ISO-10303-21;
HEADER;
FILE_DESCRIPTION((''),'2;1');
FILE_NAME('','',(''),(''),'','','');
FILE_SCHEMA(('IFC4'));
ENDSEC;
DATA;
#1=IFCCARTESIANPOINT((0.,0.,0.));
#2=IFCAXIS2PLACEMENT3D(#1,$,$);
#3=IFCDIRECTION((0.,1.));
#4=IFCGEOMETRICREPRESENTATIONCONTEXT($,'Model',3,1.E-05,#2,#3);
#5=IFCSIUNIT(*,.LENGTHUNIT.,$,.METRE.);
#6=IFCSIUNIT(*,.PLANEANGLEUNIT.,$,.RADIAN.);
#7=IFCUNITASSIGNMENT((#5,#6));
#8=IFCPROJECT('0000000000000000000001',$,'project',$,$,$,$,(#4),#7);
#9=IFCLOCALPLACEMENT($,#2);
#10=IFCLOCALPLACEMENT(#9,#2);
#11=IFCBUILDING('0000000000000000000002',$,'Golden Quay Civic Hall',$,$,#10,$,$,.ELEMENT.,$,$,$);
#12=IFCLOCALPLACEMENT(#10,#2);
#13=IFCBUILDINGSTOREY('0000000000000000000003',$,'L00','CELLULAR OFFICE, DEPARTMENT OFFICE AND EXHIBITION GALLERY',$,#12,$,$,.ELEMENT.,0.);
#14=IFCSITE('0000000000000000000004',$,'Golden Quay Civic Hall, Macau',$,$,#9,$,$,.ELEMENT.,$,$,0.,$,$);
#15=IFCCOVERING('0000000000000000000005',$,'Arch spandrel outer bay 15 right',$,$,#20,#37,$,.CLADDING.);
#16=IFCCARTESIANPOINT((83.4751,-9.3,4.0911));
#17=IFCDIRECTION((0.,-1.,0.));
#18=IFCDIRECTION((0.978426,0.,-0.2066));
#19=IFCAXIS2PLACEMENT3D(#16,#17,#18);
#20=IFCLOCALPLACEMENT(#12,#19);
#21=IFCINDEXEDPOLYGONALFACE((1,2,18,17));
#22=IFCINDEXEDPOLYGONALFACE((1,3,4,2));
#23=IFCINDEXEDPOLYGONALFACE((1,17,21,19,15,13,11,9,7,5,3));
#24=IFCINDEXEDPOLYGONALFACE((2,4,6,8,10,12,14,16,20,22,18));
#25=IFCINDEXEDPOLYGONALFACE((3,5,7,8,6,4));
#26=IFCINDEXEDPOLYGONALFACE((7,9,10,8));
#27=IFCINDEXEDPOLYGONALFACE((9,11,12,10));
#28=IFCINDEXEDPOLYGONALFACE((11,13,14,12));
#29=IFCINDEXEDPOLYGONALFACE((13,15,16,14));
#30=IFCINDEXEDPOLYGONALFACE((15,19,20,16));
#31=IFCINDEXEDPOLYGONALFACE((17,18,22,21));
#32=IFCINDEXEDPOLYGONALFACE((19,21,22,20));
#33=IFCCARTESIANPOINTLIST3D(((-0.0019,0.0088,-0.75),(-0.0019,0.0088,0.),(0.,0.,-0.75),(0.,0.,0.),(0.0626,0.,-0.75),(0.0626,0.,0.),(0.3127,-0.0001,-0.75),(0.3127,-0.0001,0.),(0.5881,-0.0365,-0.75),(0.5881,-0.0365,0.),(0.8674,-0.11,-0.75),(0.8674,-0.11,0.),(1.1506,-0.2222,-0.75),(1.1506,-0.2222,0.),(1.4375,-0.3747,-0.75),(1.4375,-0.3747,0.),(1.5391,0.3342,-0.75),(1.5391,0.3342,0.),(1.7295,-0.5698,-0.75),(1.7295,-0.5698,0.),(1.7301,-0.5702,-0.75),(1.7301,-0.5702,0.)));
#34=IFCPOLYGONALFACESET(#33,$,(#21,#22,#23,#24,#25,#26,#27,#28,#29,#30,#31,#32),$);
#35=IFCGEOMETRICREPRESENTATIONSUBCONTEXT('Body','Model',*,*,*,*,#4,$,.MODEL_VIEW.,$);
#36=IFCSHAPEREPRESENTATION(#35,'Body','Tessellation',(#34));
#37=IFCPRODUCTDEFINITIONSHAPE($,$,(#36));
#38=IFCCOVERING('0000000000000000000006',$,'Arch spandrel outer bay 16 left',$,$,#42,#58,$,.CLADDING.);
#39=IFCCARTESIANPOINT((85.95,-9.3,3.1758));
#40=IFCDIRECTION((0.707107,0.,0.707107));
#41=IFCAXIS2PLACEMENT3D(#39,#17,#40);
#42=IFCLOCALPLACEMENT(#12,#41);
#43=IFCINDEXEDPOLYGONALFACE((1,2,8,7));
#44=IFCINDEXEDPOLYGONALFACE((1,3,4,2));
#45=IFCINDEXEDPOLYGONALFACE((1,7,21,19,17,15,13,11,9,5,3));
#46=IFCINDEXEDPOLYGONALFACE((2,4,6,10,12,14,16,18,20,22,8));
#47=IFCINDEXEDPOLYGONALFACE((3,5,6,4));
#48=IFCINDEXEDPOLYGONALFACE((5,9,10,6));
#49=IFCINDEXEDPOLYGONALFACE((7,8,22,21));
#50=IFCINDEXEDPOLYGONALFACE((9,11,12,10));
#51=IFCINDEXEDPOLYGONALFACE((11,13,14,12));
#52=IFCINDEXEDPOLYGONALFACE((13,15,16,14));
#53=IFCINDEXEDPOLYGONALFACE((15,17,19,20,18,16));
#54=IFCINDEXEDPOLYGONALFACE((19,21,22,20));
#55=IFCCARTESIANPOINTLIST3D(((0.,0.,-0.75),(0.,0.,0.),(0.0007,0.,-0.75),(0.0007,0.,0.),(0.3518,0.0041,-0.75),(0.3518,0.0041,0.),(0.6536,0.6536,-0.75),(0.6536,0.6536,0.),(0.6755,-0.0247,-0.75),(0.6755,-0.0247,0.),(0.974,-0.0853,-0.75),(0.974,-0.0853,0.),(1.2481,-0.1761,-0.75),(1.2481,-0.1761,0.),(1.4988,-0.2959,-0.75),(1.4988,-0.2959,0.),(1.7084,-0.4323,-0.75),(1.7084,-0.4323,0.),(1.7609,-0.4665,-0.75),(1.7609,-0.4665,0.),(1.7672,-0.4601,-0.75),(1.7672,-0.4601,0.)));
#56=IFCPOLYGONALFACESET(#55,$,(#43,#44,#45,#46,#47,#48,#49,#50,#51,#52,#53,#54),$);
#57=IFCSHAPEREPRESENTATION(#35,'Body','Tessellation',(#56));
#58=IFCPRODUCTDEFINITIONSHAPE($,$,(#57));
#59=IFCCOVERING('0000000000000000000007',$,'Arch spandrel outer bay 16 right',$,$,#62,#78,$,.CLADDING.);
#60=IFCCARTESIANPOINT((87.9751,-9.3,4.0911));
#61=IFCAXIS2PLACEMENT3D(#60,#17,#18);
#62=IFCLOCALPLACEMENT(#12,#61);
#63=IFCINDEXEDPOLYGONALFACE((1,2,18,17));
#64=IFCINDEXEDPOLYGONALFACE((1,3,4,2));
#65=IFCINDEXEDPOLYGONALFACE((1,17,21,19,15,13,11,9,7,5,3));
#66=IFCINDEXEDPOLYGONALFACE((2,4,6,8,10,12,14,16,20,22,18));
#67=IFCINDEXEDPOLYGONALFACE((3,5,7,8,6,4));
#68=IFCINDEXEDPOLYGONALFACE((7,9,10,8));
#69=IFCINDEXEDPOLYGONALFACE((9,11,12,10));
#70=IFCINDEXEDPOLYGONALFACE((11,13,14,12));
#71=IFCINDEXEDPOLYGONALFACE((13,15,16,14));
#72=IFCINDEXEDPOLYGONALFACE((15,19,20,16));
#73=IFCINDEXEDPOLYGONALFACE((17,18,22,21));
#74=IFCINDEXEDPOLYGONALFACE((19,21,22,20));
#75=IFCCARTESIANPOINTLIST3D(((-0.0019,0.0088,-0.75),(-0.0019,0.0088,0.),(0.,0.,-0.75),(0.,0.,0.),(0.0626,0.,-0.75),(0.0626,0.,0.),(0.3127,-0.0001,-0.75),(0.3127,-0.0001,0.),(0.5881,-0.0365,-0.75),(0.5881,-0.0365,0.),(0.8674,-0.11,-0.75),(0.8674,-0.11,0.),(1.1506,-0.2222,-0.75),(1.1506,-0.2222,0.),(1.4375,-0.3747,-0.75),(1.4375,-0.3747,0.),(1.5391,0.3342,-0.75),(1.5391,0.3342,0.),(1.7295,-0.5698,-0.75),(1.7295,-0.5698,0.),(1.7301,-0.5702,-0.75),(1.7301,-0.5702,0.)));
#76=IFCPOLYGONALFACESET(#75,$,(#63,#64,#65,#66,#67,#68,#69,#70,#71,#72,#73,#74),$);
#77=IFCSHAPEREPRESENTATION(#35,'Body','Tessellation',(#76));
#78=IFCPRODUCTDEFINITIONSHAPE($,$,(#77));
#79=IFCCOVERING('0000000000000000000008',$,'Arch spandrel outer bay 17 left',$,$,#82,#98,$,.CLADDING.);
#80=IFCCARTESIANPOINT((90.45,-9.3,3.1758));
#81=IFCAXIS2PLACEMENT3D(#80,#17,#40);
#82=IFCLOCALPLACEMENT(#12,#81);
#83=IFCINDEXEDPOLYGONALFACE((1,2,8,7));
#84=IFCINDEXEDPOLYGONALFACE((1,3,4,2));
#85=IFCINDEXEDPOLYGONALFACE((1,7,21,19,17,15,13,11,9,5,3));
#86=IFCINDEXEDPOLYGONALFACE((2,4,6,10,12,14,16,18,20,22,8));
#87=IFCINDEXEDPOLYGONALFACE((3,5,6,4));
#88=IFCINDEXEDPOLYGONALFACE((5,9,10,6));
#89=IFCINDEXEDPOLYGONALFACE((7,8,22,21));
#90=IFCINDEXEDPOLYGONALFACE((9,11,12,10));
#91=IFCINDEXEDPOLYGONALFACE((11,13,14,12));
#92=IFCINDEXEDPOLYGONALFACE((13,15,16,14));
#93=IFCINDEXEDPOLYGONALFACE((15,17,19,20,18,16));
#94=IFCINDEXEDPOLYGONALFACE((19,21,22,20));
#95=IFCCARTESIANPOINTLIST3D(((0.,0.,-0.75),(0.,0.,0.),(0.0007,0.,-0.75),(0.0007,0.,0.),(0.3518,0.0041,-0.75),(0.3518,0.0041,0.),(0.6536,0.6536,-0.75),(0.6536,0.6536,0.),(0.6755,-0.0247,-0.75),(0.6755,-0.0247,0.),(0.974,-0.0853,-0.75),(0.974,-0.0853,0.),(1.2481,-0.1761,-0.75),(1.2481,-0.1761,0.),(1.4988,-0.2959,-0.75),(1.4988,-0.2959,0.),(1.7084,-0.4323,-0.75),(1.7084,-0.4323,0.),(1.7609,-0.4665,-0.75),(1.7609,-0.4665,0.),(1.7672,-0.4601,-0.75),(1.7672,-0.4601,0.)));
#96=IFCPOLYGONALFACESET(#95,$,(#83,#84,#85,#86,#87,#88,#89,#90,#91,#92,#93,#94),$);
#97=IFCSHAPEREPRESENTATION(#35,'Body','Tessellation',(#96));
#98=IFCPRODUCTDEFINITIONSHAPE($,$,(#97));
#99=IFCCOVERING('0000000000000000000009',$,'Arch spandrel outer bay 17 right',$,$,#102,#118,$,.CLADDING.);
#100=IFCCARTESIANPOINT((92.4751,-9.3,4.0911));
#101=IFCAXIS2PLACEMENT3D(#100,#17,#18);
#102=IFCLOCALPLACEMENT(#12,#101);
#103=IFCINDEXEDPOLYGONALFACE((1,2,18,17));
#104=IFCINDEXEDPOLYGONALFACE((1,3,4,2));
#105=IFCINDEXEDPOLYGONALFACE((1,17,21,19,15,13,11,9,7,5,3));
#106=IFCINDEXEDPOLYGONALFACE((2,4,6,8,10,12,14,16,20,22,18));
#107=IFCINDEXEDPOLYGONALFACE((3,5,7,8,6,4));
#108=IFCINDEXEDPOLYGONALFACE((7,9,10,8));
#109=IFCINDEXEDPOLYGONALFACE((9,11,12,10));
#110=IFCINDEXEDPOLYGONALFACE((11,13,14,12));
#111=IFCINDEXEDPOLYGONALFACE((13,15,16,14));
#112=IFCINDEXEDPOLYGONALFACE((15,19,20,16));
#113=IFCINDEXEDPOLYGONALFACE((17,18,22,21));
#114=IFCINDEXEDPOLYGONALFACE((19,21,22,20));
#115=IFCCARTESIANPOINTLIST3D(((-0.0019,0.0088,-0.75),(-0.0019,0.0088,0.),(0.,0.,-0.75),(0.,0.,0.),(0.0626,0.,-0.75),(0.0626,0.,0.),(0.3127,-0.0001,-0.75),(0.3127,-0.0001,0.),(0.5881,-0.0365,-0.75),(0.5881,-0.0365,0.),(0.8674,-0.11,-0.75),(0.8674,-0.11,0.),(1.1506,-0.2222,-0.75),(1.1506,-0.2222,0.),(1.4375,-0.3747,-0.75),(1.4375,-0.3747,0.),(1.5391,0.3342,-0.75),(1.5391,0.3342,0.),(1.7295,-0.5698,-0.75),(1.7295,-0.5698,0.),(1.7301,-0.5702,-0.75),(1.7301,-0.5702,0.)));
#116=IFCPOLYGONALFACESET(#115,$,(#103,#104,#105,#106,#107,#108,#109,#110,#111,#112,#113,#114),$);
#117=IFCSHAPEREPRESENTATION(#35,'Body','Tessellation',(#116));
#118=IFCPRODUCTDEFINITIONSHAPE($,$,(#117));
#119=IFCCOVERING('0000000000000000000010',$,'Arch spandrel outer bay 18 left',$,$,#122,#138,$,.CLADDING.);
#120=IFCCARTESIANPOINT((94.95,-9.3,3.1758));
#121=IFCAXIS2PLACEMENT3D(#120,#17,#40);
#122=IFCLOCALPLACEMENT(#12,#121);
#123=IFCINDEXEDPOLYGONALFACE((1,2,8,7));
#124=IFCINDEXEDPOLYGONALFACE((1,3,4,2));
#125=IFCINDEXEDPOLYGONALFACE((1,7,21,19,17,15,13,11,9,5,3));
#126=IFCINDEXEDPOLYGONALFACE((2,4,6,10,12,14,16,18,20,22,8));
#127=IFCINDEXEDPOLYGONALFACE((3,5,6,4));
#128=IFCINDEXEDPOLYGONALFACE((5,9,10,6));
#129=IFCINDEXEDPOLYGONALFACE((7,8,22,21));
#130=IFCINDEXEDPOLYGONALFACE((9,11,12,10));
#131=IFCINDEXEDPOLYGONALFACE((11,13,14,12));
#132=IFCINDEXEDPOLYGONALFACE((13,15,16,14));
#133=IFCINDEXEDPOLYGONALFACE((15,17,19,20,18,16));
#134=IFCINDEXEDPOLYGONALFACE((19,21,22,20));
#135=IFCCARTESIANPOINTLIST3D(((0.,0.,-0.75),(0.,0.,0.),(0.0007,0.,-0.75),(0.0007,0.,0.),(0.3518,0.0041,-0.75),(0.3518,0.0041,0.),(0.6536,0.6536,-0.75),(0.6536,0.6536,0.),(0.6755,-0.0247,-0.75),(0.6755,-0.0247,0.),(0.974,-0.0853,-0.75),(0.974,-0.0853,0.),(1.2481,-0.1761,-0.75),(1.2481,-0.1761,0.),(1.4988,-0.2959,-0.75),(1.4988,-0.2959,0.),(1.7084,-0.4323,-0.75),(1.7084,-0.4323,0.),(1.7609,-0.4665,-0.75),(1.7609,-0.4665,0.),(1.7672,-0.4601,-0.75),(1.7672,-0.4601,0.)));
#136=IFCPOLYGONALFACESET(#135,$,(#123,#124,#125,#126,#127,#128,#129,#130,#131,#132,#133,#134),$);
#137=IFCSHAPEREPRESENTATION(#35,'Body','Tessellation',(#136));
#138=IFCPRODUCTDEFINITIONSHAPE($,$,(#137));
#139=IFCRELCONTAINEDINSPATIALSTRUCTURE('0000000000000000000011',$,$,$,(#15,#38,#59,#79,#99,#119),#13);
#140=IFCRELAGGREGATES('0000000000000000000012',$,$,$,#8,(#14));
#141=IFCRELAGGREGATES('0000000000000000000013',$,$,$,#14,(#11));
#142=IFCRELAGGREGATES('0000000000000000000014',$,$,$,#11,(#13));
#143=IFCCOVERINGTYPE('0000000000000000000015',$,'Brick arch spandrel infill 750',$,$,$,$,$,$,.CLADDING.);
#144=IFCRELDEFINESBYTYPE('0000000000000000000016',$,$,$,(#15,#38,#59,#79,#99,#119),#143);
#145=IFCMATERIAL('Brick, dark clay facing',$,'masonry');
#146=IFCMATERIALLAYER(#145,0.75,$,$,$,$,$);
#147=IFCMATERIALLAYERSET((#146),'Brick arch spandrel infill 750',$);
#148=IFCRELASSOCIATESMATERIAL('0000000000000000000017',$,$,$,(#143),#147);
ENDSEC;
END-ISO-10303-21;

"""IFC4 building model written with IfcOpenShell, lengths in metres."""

from ifc_helpers import new_model, si_unit, direction, frame, origin, place, context, subcontext, project, spatial, polyline, outline, extrude, material, layer, layer_set, type_object, element, save


model = new_model("IFC4")

# Units and contexts
model_context = context("Model", 3, precision=1e-05, world=origin(), true_north=direction((0.0, 1.0)))
body_context = subcontext(model_context, "Body", "Model", "MODEL_VIEW")
ifc_project = project(units=[si_unit("LENGTHUNIT", "METRE"), si_unit("PLANEANGLEUNIT", "RADIAN")], contexts=[model_context])

# Site, building, storey
site_placement = place(None, origin())
site = spatial("IfcSite", under=ifc_project, at=site_placement, Name="Golden Quay Civic Hall, Macau", CompositionType="ELEMENT", RefElevation=0.0)
building_placement = place(site_placement, origin())
building = spatial("IfcBuilding", under=site, at=building_placement, Name="Golden Quay Civic Hall", CompositionType="ELEMENT")
storey_placement = place(building_placement, origin())
storey = spatial("IfcBuildingStorey", under=building, at=storey_placement, Name="L00", Description="CELLULAR OFFICE, DEPARTMENT OFFICE AND EXHIBITION GALLERY", CompositionType="ELEMENT", Elevation=0.0)

# Coverings
ifc_material_1 = material(Name="Brick, dark clay facing", Category="masonry")
ifc_layer = layer(ifc_material_1, 0.75)
ifc_layer_set = layer_set([ifc_layer], Name="Brick arch spandrel infill 750")
covering_type_1 = type_object("IfcCoveringType", Name="Brick arch spandrel infill 750", PredefinedType="CLADDING", material=ifc_layer_set)
covering_1_placement = place(storey_placement, frame((83.4751, -9.3, 4.0911), z_axis=(0.0, -1.0, 0.0), x_axis=(0.978426, 0.0, -0.2066)))
element("IfcCovering", 1, at=covering_1_placement, inside=storey, type_object=covering_type_1, Name="Arch spandrel outer bay 15 right", PredefinedType="CLADDING", context=body_context, shape_type="SweptSolid", body=[
    extrude(outline(polyline([(0.0, 0.0), (0.0626, 0.0), (0.3127, -0.0001), (0.5881, -0.0365), (0.8674, -0.11), (1.1506, -0.2222), (1.4375, -0.3747), (1.7295, -0.5698), (1.7301, -0.5702), (1.5391, 0.3342), (-0.0019, 0.0088), (0.0, 0.0)])), origin(), (0.0, 0.0, -1.0), 0.75),
])
covering_2_placement = place(storey_placement, frame((85.95, -9.3, 3.1758), z_axis=(0.0, -1.0, 0.0), x_axis=(0.707107, 0.0, 0.707107)))
element("IfcCovering", 2, at=covering_2_placement, inside=storey, type_object=covering_type_1, Name="Arch spandrel outer bay 16 left", PredefinedType="CLADDING", context=body_context, shape_type="SweptSolid", body=[
    extrude(outline(polyline([(0.0, 0.0), (0.0007, 0.0), (0.3518, 0.0041), (0.6755, -0.0247), (0.974, -0.0853), (1.2481, -0.1761), (1.4988, -0.2959), (1.7084, -0.4323), (1.7609, -0.4665), (1.7672, -0.4601), (0.6536, 0.6536), (0.0, 0.0)])), origin(), (0.0, 0.0, -1.0), 0.75),
])
covering_3_placement = place(storey_placement, frame((87.9751, -9.3, 4.0911), z_axis=(0.0, -1.0, 0.0), x_axis=(0.978426, 0.0, -0.2066)))
element("IfcCovering", 3, at=covering_3_placement, inside=storey, type_object=covering_type_1, Name="Arch spandrel outer bay 16 right", PredefinedType="CLADDING", context=body_context, shape_type="SweptSolid", body=[
    extrude(outline(polyline([(0.0, 0.0), (0.0626, 0.0), (0.3127, -0.0001), (0.5881, -0.0365), (0.8674, -0.11), (1.1506, -0.2222), (1.4375, -0.3747), (1.7295, -0.5698), (1.7301, -0.5702), (1.5391, 0.3342), (-0.0019, 0.0088), (0.0, 0.0)])), origin(), (0.0, 0.0, -1.0), 0.75),
])
covering_4_placement = place(storey_placement, frame((90.45, -9.3, 3.1758), z_axis=(0.0, -1.0, 0.0), x_axis=(0.707107, 0.0, 0.707107)))
element("IfcCovering", 4, at=covering_4_placement, inside=storey, type_object=covering_type_1, Name="Arch spandrel outer bay 17 left", PredefinedType="CLADDING", context=body_context, shape_type="SweptSolid", body=[
    extrude(outline(polyline([(0.0, 0.0), (0.0007, 0.0), (0.3518, 0.0041), (0.6755, -0.0247), (0.974, -0.0853), (1.2481, -0.1761), (1.4988, -0.2959), (1.7084, -0.4323), (1.7609, -0.4665), (1.7672, -0.4601), (0.6536, 0.6536), (0.0, 0.0)])), origin(), (0.0, 0.0, -1.0), 0.75),
])
covering_5_placement = place(storey_placement, frame((92.4751, -9.3, 4.0911), z_axis=(0.0, -1.0, 0.0), x_axis=(0.978426, 0.0, -0.2066)))
element("IfcCovering", 5, at=covering_5_placement, inside=storey, type_object=covering_type_1, Name="Arch spandrel outer bay 17 right", PredefinedType="CLADDING", context=body_context, shape_type="SweptSolid", body=[
    extrude(outline(polyline([(0.0, 0.0), (0.0626, 0.0), (0.3127, -0.0001), (0.5881, -0.0365), (0.8674, -0.11), (1.1506, -0.2222), (1.4375, -0.3747), (1.7295, -0.5698), (1.7301, -0.5702), (1.5391, 0.3342), (-0.0019, 0.0088), (0.0, 0.0)])), origin(), (0.0, 0.0, -1.0), 0.75),
])
covering_6_placement = place(storey_placement, frame((94.95, -9.3, 3.1758), z_axis=(0.0, -1.0, 0.0), x_axis=(0.707107, 0.0, 0.707107)))
element("IfcCovering", 6, at=covering_6_placement, inside=storey, type_object=covering_type_1, Name="Arch spandrel outer bay 18 left", PredefinedType="CLADDING", context=body_context, shape_type="SweptSolid", body=[
    extrude(outline(polyline([(0.0, 0.0), (0.0007, 0.0), (0.3518, 0.0041), (0.6755, -0.0247), (0.974, -0.0853), (1.2481, -0.1761), (1.4988, -0.2959), (1.7084, -0.4323), (1.7609, -0.4665), (1.7672, -0.4601), (0.6536, 0.6536), (0.0, 0.0)])), origin(), (0.0, 0.0, -1.0), 0.75),
])

save(model, "model.ifc")
